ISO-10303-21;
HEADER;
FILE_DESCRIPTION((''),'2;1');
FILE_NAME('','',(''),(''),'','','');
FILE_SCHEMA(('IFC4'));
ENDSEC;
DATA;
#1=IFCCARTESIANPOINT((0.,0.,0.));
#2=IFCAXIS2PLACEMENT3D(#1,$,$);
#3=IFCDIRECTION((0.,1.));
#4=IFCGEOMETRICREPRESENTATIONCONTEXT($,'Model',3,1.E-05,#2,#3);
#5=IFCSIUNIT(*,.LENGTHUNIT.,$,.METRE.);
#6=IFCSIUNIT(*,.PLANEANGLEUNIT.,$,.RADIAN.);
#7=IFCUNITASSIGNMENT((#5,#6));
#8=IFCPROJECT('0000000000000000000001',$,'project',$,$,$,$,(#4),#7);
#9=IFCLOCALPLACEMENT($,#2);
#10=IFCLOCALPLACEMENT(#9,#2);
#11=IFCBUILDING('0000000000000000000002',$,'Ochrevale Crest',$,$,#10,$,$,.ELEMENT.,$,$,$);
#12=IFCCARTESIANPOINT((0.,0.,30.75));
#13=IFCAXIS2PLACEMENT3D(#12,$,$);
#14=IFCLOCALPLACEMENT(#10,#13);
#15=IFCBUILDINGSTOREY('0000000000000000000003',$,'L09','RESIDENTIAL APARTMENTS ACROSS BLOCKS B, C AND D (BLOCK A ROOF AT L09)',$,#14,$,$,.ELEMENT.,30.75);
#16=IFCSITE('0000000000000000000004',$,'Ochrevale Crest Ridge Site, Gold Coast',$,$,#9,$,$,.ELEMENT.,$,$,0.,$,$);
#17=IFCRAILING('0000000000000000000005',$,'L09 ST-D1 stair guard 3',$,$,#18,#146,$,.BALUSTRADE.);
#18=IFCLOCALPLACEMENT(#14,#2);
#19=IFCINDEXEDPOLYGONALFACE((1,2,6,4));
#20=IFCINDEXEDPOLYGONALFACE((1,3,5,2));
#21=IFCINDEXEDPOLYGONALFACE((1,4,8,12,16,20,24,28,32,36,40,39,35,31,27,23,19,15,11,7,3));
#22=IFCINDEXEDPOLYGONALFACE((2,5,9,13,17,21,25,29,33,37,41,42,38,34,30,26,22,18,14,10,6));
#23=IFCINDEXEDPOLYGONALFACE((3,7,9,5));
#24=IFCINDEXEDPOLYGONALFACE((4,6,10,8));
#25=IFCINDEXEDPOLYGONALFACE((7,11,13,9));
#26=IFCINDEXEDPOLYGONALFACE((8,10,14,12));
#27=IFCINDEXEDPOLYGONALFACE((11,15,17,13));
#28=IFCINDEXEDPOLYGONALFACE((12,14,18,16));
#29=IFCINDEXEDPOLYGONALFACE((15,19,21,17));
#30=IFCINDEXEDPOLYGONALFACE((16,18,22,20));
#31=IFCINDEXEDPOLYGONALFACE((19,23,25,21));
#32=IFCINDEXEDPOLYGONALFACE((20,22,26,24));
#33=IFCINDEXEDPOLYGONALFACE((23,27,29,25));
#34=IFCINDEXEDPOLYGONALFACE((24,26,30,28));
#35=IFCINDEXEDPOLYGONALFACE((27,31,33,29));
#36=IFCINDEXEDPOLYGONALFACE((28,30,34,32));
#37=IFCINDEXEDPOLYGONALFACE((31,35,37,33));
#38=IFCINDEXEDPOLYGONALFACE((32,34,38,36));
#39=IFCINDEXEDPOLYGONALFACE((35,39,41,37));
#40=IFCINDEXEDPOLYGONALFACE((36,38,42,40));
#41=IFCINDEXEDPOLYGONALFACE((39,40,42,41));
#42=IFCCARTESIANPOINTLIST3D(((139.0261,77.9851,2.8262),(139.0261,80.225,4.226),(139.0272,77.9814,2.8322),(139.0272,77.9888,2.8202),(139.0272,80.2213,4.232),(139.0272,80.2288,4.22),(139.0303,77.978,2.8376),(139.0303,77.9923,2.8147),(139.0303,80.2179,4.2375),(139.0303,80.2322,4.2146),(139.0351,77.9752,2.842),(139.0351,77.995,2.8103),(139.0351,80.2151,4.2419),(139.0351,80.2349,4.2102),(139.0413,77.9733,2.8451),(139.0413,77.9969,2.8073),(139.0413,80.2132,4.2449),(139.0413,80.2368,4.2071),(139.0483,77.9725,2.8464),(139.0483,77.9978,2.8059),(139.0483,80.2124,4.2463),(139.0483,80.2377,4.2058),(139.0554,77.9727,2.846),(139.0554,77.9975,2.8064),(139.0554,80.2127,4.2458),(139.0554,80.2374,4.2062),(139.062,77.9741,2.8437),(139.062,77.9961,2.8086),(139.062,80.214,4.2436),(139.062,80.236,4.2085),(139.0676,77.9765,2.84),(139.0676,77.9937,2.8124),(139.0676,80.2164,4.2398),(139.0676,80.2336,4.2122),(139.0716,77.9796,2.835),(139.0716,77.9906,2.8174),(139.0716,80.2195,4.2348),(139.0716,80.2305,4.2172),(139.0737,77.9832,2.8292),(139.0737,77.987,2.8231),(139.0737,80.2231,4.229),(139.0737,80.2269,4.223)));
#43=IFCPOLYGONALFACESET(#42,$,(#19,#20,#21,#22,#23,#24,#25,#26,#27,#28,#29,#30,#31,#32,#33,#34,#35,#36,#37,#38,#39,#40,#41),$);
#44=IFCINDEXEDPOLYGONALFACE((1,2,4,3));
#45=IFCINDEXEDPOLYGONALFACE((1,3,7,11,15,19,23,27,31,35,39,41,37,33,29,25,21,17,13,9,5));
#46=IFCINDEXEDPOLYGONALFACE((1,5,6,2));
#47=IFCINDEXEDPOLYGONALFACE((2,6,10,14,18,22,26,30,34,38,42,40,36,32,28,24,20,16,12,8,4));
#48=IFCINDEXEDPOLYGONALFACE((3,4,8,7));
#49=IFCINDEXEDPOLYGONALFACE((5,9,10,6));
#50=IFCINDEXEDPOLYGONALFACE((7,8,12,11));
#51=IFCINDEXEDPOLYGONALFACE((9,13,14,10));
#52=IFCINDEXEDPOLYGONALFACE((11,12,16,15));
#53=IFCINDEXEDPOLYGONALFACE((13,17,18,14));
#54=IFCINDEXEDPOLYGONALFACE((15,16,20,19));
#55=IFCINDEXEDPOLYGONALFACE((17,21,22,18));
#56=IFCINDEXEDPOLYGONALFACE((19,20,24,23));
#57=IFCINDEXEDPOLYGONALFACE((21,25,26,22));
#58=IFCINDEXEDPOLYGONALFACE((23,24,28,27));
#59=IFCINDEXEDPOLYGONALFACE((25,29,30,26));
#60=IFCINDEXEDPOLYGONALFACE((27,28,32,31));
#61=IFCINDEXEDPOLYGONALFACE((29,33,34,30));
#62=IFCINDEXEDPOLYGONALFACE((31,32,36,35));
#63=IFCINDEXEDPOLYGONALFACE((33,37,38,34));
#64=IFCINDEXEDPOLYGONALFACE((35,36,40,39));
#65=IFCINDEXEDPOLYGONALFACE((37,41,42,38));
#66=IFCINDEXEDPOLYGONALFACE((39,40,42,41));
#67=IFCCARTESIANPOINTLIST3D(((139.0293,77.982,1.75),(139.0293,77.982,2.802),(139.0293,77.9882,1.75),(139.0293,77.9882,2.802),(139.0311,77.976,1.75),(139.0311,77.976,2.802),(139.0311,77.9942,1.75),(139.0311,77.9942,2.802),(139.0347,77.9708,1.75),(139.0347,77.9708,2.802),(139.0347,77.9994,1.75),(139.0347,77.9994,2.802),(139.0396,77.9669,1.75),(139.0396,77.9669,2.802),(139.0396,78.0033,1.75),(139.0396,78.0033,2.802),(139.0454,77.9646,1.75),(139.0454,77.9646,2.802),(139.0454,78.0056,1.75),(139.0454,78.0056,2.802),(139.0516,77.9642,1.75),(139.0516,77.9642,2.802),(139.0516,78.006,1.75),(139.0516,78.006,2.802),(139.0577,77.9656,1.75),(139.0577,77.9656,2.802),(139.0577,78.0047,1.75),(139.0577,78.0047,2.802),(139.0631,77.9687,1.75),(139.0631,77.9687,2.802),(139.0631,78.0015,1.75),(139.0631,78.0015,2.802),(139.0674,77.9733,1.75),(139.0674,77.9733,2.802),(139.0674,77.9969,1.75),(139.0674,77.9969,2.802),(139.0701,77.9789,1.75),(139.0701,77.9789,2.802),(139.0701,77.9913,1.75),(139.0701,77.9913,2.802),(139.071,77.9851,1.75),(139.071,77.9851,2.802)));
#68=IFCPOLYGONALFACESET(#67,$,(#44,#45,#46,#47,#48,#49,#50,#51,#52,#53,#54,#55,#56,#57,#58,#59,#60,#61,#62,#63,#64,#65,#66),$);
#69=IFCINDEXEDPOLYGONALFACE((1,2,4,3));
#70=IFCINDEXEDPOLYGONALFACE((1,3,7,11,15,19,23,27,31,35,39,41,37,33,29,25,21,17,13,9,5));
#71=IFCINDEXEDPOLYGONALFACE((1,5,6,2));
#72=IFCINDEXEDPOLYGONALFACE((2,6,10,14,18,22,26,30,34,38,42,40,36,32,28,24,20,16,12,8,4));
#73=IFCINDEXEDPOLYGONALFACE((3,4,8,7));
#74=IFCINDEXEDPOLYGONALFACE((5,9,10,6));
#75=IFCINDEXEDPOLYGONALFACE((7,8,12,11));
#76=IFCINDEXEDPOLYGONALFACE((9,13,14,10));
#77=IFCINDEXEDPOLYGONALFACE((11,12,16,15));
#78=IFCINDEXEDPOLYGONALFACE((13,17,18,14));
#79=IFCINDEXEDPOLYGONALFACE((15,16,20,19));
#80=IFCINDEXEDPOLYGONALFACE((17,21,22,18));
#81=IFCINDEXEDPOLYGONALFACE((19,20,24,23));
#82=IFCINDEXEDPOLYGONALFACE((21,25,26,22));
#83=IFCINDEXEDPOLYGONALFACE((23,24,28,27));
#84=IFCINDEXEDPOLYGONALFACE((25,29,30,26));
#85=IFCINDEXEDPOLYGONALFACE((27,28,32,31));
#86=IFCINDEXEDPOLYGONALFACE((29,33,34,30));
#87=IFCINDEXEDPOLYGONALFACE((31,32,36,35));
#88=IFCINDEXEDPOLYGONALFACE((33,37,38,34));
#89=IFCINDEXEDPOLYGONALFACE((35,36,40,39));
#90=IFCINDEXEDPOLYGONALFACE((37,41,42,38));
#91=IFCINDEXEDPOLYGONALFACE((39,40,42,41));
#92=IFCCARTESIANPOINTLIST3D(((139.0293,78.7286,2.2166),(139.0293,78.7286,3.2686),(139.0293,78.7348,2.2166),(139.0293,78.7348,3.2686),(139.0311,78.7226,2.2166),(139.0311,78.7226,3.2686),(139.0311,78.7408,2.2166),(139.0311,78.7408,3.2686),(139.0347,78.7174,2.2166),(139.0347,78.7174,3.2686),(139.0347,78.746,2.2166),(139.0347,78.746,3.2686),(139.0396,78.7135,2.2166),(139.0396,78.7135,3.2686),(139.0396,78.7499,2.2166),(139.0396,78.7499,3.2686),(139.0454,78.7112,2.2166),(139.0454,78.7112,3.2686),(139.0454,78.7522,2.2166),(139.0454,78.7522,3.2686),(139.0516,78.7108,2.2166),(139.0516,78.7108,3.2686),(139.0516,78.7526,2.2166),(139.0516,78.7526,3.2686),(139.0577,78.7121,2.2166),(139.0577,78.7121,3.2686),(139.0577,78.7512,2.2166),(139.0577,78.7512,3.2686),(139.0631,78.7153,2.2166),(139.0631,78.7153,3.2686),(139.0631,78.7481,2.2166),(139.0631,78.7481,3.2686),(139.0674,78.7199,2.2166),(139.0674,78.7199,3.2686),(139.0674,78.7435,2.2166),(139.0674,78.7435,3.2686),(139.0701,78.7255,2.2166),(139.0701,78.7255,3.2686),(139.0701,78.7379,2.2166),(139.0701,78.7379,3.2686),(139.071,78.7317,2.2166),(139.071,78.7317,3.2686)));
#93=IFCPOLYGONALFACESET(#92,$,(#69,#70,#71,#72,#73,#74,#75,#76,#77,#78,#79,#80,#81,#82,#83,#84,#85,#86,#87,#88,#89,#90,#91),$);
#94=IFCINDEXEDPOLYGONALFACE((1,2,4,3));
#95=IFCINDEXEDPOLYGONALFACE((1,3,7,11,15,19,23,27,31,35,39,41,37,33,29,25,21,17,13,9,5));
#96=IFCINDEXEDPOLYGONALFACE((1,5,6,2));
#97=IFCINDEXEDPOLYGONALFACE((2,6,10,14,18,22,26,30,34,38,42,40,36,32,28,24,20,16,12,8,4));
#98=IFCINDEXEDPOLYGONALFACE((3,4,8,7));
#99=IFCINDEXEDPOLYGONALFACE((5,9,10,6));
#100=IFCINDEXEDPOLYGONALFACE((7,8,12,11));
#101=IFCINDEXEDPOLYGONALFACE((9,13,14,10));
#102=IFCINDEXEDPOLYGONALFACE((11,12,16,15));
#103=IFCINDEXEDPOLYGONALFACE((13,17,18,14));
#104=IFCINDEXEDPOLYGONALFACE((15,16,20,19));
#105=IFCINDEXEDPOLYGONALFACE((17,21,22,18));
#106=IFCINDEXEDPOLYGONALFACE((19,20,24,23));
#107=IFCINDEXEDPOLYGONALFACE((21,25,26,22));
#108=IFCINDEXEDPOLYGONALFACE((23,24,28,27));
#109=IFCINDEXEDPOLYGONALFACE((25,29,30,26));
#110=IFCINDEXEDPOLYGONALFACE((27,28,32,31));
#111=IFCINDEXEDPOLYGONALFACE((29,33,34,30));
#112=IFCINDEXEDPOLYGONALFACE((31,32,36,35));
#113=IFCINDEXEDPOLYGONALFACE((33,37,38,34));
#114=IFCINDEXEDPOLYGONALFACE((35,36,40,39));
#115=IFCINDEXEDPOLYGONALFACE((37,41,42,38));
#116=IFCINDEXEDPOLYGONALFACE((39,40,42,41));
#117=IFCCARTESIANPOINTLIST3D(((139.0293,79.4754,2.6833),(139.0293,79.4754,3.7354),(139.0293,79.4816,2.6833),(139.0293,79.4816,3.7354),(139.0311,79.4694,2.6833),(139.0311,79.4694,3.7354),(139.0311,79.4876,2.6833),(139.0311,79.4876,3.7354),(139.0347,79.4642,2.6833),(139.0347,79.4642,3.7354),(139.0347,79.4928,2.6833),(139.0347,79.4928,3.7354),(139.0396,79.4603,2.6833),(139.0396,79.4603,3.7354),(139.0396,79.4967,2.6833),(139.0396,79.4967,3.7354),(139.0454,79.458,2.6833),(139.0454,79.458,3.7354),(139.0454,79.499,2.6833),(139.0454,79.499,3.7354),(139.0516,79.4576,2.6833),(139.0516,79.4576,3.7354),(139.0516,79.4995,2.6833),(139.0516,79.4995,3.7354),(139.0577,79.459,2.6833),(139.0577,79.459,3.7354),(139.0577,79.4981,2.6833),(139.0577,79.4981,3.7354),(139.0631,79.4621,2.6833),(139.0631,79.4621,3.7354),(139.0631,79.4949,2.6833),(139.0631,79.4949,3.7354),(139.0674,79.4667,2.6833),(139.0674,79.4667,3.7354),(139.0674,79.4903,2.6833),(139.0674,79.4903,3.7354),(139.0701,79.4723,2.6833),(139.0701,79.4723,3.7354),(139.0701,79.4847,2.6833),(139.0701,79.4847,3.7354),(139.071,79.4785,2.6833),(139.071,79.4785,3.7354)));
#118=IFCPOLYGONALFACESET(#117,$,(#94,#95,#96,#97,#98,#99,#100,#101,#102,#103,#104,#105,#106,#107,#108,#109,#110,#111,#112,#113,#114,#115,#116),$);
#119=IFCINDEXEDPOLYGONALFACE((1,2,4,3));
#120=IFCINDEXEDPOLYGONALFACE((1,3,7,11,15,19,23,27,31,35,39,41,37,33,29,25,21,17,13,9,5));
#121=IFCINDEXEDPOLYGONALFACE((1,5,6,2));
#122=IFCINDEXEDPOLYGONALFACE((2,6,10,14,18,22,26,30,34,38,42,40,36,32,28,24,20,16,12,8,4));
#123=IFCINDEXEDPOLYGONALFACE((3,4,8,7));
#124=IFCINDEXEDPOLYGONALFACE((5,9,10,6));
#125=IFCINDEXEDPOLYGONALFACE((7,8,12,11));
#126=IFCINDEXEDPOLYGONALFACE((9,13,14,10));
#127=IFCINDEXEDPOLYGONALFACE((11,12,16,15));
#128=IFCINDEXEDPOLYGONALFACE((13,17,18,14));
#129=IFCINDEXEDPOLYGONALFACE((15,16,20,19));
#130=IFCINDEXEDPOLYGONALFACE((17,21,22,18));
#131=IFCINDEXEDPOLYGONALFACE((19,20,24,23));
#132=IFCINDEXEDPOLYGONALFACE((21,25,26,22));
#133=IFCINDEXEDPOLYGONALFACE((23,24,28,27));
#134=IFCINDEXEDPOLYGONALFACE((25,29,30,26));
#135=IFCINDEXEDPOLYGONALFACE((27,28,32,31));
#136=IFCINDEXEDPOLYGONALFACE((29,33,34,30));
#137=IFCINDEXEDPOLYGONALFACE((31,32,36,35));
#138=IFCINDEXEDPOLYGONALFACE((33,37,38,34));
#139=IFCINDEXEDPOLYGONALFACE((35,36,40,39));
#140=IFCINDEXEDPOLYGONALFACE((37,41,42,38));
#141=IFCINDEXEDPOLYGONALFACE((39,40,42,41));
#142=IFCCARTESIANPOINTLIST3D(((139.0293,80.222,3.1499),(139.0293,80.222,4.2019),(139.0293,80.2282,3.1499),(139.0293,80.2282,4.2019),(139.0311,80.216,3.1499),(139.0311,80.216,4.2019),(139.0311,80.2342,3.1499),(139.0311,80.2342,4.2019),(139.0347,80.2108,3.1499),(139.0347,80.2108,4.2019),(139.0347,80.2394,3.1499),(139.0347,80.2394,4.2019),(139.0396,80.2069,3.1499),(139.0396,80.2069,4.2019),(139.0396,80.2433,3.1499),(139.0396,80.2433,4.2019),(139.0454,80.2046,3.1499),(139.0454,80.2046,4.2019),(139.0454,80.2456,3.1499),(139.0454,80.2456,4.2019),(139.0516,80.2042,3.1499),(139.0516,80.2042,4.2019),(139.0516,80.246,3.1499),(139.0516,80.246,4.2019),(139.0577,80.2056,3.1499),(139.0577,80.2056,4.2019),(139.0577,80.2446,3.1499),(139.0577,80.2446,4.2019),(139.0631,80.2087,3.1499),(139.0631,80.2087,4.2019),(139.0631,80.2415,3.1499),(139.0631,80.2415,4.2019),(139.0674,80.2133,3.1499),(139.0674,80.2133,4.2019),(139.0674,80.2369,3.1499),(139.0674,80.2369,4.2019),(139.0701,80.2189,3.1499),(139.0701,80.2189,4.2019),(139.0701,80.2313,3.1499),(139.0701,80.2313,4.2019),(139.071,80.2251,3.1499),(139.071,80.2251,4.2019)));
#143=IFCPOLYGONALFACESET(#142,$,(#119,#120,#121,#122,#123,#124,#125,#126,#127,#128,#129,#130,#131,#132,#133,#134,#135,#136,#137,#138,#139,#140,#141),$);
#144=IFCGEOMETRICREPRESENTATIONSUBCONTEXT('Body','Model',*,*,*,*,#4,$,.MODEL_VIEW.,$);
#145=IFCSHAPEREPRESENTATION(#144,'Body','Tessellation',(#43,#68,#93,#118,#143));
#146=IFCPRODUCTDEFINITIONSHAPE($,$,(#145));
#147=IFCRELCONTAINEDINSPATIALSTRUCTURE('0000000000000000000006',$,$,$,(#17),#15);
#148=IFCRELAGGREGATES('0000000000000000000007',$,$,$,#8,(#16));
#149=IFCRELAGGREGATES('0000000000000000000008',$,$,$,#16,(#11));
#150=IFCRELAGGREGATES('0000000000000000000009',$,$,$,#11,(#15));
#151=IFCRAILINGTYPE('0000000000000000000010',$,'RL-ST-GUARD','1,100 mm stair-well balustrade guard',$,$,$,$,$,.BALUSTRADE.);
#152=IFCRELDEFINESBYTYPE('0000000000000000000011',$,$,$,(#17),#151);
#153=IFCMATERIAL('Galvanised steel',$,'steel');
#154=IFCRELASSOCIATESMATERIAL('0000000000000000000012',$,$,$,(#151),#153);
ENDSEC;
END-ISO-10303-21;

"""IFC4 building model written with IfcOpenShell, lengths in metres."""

from ifc_helpers import new_model, si_unit, direction, frame, origin, origin_2d, place, context, subcontext, project, spatial, circle, extrude, material, type_object, element, save


model = new_model("IFC4")

# Units and contexts
model_context = context("Model", 3, precision=1e-05, world=origin(), true_north=direction((0.0, 1.0)))
body_context = subcontext(model_context, "Body", "Model", "MODEL_VIEW")
ifc_project = project(units=[si_unit("LENGTHUNIT", "METRE"), si_unit("PLANEANGLEUNIT", "RADIAN")], contexts=[model_context])

# Site, building, storey
site_placement = place(None, origin())
site = spatial("IfcSite", under=ifc_project, at=site_placement, Name="Ochrevale Crest Ridge Site, Gold Coast", CompositionType="ELEMENT", RefElevation=0.0)
building_placement = place(site_placement, origin())
building = spatial("IfcBuilding", under=site, at=building_placement, Name="Ochrevale Crest", CompositionType="ELEMENT")
storey_placement = place(building_placement, frame((0.0, 0.0, 30.75)))
storey = spatial("IfcBuildingStorey", under=building, at=storey_placement, Name="L09", Description="RESIDENTIAL APARTMENTS ACROSS BLOCKS B, C AND D (BLOCK A ROOF AT L09)", CompositionType="ELEMENT", Elevation=30.75)

# Railing
ifc_material_1 = material(Name="Galvanised steel", Category="steel")
railing_type_1 = type_object("IfcRailingType", Name="RL-ST-GUARD", Description="1,100 mm stair-well balustrade guard", PredefinedType="BALUSTRADE", material=ifc_material_1)
railing_1_placement = place(storey_placement, frame((139.05, 77.9851, 1.75)))
element("IfcRailing", 1, at=railing_1_placement, inside=storey, type_object=railing_type_1, Name="L09 ST-D1 stair guard 3", PredefinedType="BALUSTRADE", context=body_context, shape_type="SweptSolid", body=[
    extrude(circle(Radius=0.0239, at=origin_2d()), frame((0.0, 0.0, 1.0762), z_axis=(0.0, 0.848014, 0.529974), x_axis=(-1.0, 0.0, 0.0)), (0.0, 0.0, 1.0), 2.6414),
    extrude(circle(Radius=0.021, at=origin_2d()), origin(), (0.0, 0.0, 1.0), 1.052),
    extrude(circle(Radius=0.021, at=origin_2d()), frame((0.0, 0.7466, 0.4666)), (0.0, 0.0, 1.0), 1.052),
    extrude(circle(Radius=0.021, at=origin_2d()), frame((0.0, 1.4934, 0.9333)), (0.0, 0.0, 1.0), 1.052),
    extrude(circle(Radius=0.021, at=origin_2d()), frame((0.0, 2.24, 1.3999)), (0.0, 0.0, 1.0), 1.052),
])

save(model, "model.ifc")
